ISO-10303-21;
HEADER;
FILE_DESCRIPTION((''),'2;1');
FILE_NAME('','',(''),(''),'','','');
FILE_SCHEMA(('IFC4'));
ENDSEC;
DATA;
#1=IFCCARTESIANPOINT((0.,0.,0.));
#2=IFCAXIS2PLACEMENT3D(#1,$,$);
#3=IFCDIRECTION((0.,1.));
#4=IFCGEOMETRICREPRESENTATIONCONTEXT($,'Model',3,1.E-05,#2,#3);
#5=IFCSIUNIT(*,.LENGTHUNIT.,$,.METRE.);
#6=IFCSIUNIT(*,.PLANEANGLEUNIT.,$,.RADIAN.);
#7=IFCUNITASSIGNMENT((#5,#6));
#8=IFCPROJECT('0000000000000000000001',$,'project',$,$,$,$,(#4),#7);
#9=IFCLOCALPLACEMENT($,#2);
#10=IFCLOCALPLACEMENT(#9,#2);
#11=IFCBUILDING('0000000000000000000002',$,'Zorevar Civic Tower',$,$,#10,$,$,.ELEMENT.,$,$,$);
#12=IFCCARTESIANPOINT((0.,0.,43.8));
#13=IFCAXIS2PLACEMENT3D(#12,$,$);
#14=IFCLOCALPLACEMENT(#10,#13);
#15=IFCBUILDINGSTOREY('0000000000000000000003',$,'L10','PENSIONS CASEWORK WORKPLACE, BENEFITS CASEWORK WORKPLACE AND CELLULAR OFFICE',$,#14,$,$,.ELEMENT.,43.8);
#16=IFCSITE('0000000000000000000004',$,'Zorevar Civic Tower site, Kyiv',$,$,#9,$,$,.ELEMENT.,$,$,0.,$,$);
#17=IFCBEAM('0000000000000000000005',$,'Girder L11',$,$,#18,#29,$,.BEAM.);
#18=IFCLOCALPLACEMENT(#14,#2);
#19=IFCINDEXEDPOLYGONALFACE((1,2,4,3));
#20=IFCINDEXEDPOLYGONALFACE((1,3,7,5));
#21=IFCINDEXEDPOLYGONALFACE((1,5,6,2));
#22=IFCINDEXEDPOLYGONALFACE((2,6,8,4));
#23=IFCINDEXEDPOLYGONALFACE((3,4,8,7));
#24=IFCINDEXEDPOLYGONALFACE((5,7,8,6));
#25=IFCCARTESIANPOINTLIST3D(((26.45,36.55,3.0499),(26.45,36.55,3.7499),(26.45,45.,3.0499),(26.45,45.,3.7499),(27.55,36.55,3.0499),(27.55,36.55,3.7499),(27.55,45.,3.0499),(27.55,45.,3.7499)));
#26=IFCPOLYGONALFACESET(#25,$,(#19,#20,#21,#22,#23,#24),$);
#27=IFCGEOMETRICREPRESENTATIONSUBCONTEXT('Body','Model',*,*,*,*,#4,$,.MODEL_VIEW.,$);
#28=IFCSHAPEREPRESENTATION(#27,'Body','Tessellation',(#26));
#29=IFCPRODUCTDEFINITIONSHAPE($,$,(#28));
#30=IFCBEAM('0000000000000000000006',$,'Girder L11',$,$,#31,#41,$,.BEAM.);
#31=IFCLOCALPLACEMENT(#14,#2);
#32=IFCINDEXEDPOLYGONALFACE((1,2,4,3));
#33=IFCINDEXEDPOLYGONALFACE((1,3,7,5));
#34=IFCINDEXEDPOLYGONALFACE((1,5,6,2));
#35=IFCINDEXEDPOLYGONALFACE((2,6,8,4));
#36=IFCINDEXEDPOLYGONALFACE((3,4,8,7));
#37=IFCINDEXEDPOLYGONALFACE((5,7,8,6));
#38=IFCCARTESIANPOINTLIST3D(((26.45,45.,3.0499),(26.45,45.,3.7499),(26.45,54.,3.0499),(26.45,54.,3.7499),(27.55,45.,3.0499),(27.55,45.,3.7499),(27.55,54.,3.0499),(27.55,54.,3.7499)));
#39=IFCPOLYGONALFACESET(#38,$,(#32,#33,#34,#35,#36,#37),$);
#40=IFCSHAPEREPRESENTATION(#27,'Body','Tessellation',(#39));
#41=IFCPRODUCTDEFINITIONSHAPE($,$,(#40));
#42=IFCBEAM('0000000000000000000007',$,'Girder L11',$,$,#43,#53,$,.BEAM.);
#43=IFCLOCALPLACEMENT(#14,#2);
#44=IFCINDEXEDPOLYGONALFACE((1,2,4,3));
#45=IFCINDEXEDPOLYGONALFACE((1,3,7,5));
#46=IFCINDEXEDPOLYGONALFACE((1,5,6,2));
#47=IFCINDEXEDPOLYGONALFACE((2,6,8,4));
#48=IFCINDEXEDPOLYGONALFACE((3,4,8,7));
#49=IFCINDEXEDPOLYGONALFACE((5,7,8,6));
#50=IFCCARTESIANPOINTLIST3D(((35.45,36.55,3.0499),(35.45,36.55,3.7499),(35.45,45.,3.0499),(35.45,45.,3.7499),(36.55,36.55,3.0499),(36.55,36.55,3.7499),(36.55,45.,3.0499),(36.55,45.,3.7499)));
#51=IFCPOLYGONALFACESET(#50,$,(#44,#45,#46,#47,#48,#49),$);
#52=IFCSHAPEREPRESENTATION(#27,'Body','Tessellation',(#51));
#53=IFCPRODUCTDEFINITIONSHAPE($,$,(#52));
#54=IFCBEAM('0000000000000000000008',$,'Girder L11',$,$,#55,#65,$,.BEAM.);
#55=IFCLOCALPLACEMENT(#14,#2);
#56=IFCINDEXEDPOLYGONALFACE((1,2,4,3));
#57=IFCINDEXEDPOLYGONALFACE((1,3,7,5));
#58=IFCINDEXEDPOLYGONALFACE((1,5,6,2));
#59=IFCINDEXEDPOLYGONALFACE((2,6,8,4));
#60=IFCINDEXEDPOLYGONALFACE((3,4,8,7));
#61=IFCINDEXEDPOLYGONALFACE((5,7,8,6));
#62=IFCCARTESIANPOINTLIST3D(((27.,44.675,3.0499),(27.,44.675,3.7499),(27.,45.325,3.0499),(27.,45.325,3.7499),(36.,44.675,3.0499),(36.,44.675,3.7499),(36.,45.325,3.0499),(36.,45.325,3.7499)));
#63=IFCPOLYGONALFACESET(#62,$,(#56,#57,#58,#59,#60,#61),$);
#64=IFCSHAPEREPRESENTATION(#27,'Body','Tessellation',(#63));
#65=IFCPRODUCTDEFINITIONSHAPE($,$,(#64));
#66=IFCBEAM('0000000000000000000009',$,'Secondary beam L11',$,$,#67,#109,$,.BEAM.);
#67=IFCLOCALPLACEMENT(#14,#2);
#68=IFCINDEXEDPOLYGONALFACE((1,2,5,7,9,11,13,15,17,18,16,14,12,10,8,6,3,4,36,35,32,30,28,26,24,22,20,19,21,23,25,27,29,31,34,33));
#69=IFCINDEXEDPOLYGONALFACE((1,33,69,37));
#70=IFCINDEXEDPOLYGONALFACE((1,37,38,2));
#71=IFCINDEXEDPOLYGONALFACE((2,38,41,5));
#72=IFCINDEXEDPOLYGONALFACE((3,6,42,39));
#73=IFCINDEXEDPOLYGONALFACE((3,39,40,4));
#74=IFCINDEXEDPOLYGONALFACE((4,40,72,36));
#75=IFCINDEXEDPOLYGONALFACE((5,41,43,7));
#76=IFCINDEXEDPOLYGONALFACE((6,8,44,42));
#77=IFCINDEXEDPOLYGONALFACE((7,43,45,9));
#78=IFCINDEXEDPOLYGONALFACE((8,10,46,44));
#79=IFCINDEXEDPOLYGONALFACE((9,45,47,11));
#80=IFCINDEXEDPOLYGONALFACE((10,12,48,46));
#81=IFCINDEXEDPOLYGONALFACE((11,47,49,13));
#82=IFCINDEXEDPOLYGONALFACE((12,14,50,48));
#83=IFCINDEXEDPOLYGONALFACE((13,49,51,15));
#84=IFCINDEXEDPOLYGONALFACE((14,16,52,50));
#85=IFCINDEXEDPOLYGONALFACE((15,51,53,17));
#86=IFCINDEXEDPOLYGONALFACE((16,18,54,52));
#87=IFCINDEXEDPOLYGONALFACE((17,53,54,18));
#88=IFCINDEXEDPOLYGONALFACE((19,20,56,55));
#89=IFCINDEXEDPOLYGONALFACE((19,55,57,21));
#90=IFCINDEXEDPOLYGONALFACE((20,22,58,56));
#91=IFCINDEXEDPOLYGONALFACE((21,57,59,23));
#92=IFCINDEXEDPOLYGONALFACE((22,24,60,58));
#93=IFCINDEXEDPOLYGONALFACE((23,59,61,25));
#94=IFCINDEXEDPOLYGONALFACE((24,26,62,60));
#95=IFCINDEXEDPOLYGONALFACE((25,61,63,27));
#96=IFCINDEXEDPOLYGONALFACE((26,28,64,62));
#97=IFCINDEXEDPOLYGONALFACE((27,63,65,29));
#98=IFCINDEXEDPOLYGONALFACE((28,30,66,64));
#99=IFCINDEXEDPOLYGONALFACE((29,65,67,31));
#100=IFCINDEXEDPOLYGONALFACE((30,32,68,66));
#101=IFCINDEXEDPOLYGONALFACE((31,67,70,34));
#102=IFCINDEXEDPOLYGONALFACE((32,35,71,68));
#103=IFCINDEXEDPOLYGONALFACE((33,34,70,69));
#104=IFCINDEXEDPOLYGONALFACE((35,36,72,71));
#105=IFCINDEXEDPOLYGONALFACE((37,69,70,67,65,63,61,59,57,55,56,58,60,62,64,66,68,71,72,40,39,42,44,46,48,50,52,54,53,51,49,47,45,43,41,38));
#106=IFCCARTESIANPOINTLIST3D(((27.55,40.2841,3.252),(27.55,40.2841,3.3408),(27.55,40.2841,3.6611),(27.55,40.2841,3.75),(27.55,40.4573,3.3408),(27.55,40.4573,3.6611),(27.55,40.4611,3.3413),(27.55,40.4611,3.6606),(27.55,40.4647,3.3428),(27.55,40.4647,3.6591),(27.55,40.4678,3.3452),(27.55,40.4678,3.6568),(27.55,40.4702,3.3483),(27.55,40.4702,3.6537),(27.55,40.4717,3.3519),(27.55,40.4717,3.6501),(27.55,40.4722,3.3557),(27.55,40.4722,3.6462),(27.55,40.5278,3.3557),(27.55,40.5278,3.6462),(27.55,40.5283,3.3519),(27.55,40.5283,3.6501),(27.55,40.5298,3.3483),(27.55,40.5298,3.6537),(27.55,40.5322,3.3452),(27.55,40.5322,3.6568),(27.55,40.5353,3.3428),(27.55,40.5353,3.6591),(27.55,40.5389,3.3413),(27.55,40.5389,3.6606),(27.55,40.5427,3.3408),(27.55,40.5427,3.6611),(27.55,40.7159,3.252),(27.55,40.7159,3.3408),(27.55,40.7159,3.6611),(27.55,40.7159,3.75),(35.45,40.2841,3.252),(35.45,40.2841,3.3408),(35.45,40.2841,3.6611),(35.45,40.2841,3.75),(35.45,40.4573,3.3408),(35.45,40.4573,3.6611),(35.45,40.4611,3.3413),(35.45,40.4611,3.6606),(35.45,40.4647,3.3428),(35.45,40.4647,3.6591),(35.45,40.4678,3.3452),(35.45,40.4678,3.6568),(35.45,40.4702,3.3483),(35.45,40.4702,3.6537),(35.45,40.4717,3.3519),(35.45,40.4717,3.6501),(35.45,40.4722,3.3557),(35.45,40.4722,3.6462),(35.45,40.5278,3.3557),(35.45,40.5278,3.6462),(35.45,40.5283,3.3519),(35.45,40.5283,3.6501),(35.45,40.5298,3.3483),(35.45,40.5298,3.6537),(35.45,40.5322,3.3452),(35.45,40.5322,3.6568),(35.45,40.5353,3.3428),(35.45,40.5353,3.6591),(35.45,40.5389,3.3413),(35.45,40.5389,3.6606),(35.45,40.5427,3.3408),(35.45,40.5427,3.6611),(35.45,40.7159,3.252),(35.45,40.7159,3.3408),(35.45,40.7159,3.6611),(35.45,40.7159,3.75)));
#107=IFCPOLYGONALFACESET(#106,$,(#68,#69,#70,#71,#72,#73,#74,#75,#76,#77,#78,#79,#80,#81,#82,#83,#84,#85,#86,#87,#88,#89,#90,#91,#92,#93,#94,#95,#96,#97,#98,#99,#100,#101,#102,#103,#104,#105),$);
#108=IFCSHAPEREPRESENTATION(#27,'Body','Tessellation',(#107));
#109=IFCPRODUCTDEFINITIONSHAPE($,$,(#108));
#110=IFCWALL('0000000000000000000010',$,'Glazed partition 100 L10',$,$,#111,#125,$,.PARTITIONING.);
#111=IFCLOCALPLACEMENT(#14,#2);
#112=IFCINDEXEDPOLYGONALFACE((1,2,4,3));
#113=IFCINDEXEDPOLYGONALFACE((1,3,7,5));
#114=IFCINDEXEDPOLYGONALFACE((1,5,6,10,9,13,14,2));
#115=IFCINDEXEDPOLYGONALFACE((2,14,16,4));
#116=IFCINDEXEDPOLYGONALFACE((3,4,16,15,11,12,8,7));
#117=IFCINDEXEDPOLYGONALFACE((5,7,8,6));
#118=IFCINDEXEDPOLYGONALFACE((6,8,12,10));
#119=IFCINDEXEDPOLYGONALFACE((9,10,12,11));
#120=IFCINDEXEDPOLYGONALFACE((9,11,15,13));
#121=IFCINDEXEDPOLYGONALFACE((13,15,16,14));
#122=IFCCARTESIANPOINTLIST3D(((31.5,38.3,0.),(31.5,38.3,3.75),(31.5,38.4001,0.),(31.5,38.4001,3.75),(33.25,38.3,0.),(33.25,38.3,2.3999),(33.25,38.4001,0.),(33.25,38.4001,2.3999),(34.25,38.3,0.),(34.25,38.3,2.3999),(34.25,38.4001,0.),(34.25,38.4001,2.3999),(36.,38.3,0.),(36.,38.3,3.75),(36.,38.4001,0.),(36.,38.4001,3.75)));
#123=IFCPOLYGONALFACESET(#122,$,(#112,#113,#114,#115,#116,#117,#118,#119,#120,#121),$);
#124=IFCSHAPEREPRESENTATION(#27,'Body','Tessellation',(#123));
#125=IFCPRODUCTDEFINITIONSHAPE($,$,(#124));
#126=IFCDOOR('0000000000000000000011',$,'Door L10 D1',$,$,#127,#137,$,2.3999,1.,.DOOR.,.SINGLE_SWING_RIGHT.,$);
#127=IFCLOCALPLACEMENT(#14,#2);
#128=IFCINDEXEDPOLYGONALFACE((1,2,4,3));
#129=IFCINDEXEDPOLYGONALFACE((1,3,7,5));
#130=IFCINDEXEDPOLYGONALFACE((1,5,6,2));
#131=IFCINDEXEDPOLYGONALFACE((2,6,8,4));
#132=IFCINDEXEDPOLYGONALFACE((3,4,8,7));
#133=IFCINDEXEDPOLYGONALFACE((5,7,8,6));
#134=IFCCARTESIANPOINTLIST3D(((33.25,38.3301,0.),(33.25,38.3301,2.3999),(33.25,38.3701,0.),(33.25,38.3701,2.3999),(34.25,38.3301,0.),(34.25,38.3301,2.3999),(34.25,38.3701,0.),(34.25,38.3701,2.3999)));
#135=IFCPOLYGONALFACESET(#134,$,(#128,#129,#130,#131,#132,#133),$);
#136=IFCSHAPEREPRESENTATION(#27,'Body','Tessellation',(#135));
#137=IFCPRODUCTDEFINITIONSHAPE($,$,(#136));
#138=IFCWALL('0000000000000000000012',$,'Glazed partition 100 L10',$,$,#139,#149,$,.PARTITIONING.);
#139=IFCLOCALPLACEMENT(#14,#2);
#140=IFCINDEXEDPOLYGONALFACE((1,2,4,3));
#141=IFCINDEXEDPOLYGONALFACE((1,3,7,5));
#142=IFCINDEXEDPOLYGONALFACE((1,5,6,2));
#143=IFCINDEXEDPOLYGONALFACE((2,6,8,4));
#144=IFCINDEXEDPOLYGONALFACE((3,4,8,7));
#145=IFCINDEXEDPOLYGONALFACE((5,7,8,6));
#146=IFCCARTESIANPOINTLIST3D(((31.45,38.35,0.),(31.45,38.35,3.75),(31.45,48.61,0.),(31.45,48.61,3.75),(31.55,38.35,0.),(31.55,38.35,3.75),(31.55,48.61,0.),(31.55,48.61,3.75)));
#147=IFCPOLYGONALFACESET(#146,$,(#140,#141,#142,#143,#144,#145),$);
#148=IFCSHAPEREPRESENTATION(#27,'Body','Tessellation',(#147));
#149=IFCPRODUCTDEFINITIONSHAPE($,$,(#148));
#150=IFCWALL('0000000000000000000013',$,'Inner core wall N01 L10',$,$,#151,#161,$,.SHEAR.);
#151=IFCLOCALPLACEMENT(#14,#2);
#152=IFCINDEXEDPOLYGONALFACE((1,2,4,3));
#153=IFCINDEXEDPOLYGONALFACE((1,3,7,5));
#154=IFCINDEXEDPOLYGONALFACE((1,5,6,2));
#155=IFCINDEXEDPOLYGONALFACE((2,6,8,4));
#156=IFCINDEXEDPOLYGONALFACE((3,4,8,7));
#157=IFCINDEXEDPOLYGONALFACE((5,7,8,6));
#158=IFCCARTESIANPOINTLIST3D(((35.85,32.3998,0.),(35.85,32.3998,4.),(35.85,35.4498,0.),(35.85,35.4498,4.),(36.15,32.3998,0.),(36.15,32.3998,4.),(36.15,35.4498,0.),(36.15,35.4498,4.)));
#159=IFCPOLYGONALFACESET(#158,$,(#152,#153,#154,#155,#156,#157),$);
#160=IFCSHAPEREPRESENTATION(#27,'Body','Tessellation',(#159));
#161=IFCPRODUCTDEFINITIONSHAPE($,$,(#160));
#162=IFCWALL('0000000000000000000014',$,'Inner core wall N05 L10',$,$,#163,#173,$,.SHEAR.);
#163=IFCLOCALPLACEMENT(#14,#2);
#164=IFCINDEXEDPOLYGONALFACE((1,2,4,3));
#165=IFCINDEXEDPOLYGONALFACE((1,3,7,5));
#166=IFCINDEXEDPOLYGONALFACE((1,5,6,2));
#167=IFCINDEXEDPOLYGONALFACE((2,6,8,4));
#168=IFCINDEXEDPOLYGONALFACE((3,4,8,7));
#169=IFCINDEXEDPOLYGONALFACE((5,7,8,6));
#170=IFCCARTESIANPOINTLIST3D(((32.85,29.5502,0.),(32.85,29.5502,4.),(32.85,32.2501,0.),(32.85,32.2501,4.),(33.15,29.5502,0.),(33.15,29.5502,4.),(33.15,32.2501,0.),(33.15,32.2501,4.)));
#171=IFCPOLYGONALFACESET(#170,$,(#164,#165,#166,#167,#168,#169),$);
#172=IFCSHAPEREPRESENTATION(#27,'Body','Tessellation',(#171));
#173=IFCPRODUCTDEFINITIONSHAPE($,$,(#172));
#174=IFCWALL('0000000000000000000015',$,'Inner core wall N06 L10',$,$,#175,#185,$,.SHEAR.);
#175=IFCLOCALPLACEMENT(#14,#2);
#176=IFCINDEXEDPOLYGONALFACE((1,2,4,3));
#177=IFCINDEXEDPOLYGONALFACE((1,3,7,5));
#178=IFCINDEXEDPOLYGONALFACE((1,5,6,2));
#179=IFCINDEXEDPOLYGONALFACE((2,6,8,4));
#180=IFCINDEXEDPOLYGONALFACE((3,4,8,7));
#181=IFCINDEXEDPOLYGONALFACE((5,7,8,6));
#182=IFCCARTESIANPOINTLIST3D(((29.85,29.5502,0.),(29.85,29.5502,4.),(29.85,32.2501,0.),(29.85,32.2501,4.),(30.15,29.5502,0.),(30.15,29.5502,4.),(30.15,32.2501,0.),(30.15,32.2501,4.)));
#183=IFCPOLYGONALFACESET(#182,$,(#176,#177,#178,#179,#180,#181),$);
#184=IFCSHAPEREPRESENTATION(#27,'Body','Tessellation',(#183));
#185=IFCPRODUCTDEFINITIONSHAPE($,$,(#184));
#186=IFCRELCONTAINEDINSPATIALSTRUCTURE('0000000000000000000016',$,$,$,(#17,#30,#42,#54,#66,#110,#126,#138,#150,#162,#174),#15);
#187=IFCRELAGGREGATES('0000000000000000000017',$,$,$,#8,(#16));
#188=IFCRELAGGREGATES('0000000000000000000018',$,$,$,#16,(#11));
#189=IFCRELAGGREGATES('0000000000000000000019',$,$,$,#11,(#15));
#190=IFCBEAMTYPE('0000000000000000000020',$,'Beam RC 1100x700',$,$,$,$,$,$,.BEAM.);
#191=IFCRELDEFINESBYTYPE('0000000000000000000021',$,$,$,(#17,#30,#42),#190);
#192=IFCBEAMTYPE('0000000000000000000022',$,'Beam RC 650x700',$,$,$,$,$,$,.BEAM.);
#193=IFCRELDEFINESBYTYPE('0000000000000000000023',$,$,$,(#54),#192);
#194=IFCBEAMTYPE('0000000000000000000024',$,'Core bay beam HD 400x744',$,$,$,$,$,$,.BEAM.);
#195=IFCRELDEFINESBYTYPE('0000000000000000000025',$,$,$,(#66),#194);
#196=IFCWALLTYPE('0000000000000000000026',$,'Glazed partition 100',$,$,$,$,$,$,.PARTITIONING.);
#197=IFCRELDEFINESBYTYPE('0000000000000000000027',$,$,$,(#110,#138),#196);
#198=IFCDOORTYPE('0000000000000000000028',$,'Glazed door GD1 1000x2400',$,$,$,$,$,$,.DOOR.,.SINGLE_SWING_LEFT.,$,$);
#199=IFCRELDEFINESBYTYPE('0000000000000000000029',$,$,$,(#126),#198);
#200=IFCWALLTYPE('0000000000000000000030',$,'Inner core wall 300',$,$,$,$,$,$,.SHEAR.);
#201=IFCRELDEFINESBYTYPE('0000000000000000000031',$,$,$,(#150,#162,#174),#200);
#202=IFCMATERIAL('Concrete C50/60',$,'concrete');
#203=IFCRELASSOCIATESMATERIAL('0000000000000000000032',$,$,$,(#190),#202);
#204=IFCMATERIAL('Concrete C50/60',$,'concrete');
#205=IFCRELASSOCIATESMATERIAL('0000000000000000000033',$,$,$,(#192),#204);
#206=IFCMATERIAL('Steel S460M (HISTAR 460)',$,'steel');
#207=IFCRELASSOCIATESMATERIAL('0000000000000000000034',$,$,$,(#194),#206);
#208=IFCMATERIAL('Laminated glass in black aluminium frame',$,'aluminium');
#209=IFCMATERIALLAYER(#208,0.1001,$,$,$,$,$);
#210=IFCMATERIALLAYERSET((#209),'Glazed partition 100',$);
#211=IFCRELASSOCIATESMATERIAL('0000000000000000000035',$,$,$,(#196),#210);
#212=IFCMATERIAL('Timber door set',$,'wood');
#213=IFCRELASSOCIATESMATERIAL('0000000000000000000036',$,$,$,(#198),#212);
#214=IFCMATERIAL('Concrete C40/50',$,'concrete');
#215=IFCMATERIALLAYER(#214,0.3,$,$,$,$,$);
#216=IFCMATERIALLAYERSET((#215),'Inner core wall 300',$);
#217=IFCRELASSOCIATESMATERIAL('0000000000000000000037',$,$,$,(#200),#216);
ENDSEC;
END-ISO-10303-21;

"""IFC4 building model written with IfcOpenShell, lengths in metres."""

from ifc_helpers import new_model, si_unit, direction, frame, frame_2d, origin, origin_2d, place, context, subcontext, project, spatial, rectangle, i_section, extrude, material, layer, layer_set, material_profile, profile_set, type_object, element, fill, save


model = new_model("IFC4")

# Units and contexts
model_context = context("Model", 3, precision=1e-05, world=origin(), true_north=direction((0.0, 1.0)))
body_context = subcontext(model_context, "Body", "Model", "MODEL_VIEW")
ifc_project = project(units=[si_unit("LENGTHUNIT", "METRE"), si_unit("PLANEANGLEUNIT", "RADIAN")], contexts=[model_context])

# Site, building, storey
site_placement = place(None, origin())
site = spatial("IfcSite", under=ifc_project, at=site_placement, Name="Zorevar Civic Tower site, Kyiv", CompositionType="ELEMENT", RefElevation=0.0)
building_placement = place(site_placement, origin())
building = spatial("IfcBuilding", under=site, at=building_placement, Name="Zorevar Civic Tower", CompositionType="ELEMENT")
storey_placement = place(building_placement, frame((0.0, 0.0, 43.8)))
storey = spatial("IfcBuildingStorey", under=building, at=storey_placement, Name="L10", Description="PENSIONS CASEWORK WORKPLACE, BENEFITS CASEWORK WORKPLACE AND CELLULAR OFFICE", CompositionType="ELEMENT", Elevation=43.8)

# Beams
ifc_material_1 = material(Name="Concrete C50/60", Category="concrete")
ifc_material_profile_1 = material_profile(ifc_material_1, rectangle(XDim=1.1001, YDim=0.7, at=origin_2d()), Name="RC 1100x700")
ifc_profile_set_1 = profile_set([ifc_material_profile_1], Name="Concrete C50/60")
beam_type_1 = type_object("IfcBeamType", Name="Beam RC 1100x700", PredefinedType="BEAM", material=ifc_profile_set_1)
beam_1_placement = place(storey_placement, frame((27.0, 36.55, 3.3999), z_axis=(0.0, 1.0, 0.0), x_axis=(-1.0, 0.0, 0.0)))
element("IfcBeam", 1, at=beam_1_placement, inside=storey, type_object=beam_type_1, Name="Girder L11", PredefinedType="BEAM", context=body_context, shape_type="SweptSolid", body=[
    extrude(rectangle(XDim=1.1001, YDim=0.7, at=origin_2d()), origin(), (0.0, 0.0, 1.0), 8.45),
])
beam_2_placement = place(storey_placement, frame((27.0, 45.0, 3.3999), z_axis=(0.0, 1.0, 0.0), x_axis=(-1.0, 0.0, 0.0)))
element("IfcBeam", 2, at=beam_2_placement, inside=storey, type_object=beam_type_1, Name="Girder L11", PredefinedType="BEAM", context=body_context, shape_type="SweptSolid", body=[
    extrude(rectangle(XDim=1.1001, YDim=0.7, at=origin_2d()), origin(), (0.0, 0.0, 1.0), 9.0),
])
beam_3_placement = place(storey_placement, frame((36.0, 36.55, 3.3999), z_axis=(0.0, 1.0, 0.0), x_axis=(-1.0, 0.0, 0.0)))
element("IfcBeam", 3, at=beam_3_placement, inside=storey, type_object=beam_type_1, Name="Girder L11", PredefinedType="BEAM", context=body_context, shape_type="SweptSolid", body=[
    extrude(rectangle(XDim=1.1001, YDim=0.7, at=origin_2d()), origin(), (0.0, 0.0, 1.0), 8.45),
])
ifc_material_2 = material(Name="Concrete C50/60", Category="concrete")
ifc_material_profile_2 = material_profile(ifc_material_2, rectangle(XDim=0.6499, YDim=0.7, at=origin_2d()), Name="RC 650x700")
ifc_profile_set_2 = profile_set([ifc_material_profile_2], Name="Concrete C50/60")
beam_type_2 = type_object("IfcBeamType", Name="Beam RC 650x700", PredefinedType="BEAM", material=ifc_profile_set_2)
beam_4_placement = place(storey_placement, frame((27.0, 45.0, 3.3999), z_axis=(1.0, 0.0, 0.0), x_axis=(0.0, 1.0, 0.0)))
element("IfcBeam", 4, at=beam_4_placement, inside=storey, type_object=beam_type_2, Name="Girder L11", PredefinedType="BEAM", context=body_context, shape_type="SweptSolid", body=[
    extrude(rectangle(XDim=0.6499, YDim=0.7, at=origin_2d()), origin(), (0.0, 0.0, 1.0), 9.0),
])
ifc_material_3 = material(Name="Steel S460M (HISTAR 460)", Category="steel")
ifc_material_profile_3 = material_profile(ifc_material_3, i_section(OverallWidth=0.4319, OverallDepth=0.498, WebThickness=0.0557, FlangeThickness=0.0889, FilletRadius=0.0149, at=origin_2d()), Name="HD 400x744")
ifc_profile_set_3 = profile_set([ifc_material_profile_3], Name="Steel S460M (HISTAR 460)")
beam_type_3 = type_object("IfcBeamType", Name="Core bay beam HD 400x744", PredefinedType="BEAM", material=ifc_profile_set_3)
beam_5_placement = place(storey_placement, frame((27.55, 40.5, 3.501), z_axis=(1.0, 0.0, 0.0), x_axis=(0.0, 1.0, 0.0)))
element("IfcBeam", 5, at=beam_5_placement, inside=storey, type_object=beam_type_3, Name="Secondary beam L11", PredefinedType="BEAM", context=body_context, shape_type="SweptSolid", body=[
    extrude(i_section(OverallWidth=0.4319, OverallDepth=0.498, WebThickness=0.0557, FlangeThickness=0.0889, FilletRadius=0.0149, at=origin_2d()), origin(), (0.0, 0.0, 1.0), 7.8999),
])

# Wall, opening, door
ifc_material_4 = material(Name="Laminated glass in black aluminium frame", Category="aluminium")
ifc_layer_1 = layer(ifc_material_4, 0.1001)
ifc_layer_set_1 = layer_set([ifc_layer_1], Name="Glazed partition 100")
wall_type_1 = type_object("IfcWallType", Name="Glazed partition 100", PredefinedType="PARTITIONING", material=ifc_layer_set_1)
wall_1_placement = place(storey_placement, frame((31.5, 38.3501, 0.0), z_axis=(0.0, 0.0, 1.0), x_axis=(1.0, 0.0, 0.0)))
wall_1 = element("IfcWall", 6, at=wall_1_placement, inside=storey, type_object=wall_type_1, Name="Glazed partition 100 L10", PredefinedType="PARTITIONING", context=body_context, shape_type="SweptSolid", body=[
    extrude(rectangle(XDim=4.5, YDim=0.1001, at=frame_2d((2.25, 0.0))), origin(), (0.0, 0.0, 1.0), 3.75),
])
opening_placement = place(wall_1_placement, frame((1.75, 0.0, 0.0)))
opening = element("IfcOpeningElement", 7, at=opening_placement, cuts=wall_1, PredefinedType="OPENING", context=body_context, shape_type="SweptSolid", body=[
    extrude(rectangle(XDim=1.0, YDim=2.3999, at=frame_2d((0.5, 1.2))), frame((0.0, 0.0601, 0.0), z_axis=(0.0, -1.0, 0.0), x_axis=(1.0, 0.0, 0.0)), (0.0, 0.0, 1.0), 0.1201),
])
ifc_material_5 = material(Name="Timber door set", Category="wood")
door_type = type_object("IfcDoorType", Name="Glazed door GD1 1000x2400", OperationType="SINGLE_SWING_LEFT", PredefinedType="DOOR", material=ifc_material_5)
door_placement = place(opening_placement, origin())
door = element("IfcDoor", 8, at=door_placement, inside=storey, type_object=door_type, Name="Door L10 D1", OperationType="SINGLE_SWING_RIGHT", OverallHeight=2.3999, OverallWidth=1.0, PredefinedType="DOOR", context=body_context, shape_type="SweptSolid", body=[
    extrude(rectangle(XDim=1.0, YDim=2.3999, at=frame_2d((0.5, 1.2))), frame((0.0, 0.02, 0.0), z_axis=(0.0, -1.0, 0.0), x_axis=(1.0, 0.0, 0.0)), (0.0, 0.0, 1.0), 0.04),
])
fill(opening, door)

# Walls
wall_2_placement = place(storey_placement, frame((31.5, 38.3501, 0.0), z_axis=(0.0, 0.0, 1.0), x_axis=(0.0, 1.0, 0.0)))
element("IfcWall", 9, at=wall_2_placement, inside=storey, type_object=wall_type_1, Name="Glazed partition 100 L10", PredefinedType="PARTITIONING", context=body_context, shape_type="SweptSolid", body=[
    extrude(rectangle(XDim=10.26, YDim=0.1001, at=frame_2d((5.1299, 0.0))), origin(), (0.0, 0.0, 1.0), 3.75),
])
ifc_material_6 = material(Name="Concrete C40/50", Category="concrete")
ifc_layer_2 = layer(ifc_material_6, 0.3)
ifc_layer_set_2 = layer_set([ifc_layer_2], Name="Inner core wall 300")
wall_type_2 = type_object("IfcWallType", Name="Inner core wall 300", PredefinedType="SHEAR", material=ifc_layer_set_2)
wall_3_placement = place(storey_placement, frame((36.0, 32.3999, 0.0), z_axis=(0.0, 0.0, 1.0), x_axis=(0.0, 1.0, 0.0)))
element("IfcWall", 10, at=wall_3_placement, inside=storey, type_object=wall_type_2, Name="Inner core wall N01 L10", PredefinedType="SHEAR", context=body_context, shape_type="SweptSolid", body=[
    extrude(rectangle(XDim=3.05, YDim=0.3, at=frame_2d((1.5249, 0.0))), origin(), (0.0, 0.0, 1.0), 4.0),
])
for number, where, z_axis, x_axis, name in (
    (11, (33.0, 29.55, 0.0), (0.0, 0.0, 1.0), (0.0, 1.0, 0.0), "Inner core wall N05 L10"),
    (12, (30.0, 29.55, 0.0), (0.0, 0.0, 1.0), (0.0, 1.0, 0.0), "Inner core wall N06 L10"),
):
    element("IfcWall", number, at=place(storey_placement, frame(where, z_axis=z_axis, x_axis=x_axis)), inside=storey, type_object=wall_type_2, Name=name, PredefinedType="SHEAR", context=body_context, shape_type="SweptSolid", body=[
        extrude(rectangle(XDim=2.7, YDim=0.3, at=frame_2d((1.3501, 0.0))), origin(), (0.0, 0.0, 1.0), 4.0),
    ])

save(model, "model.ifc")
